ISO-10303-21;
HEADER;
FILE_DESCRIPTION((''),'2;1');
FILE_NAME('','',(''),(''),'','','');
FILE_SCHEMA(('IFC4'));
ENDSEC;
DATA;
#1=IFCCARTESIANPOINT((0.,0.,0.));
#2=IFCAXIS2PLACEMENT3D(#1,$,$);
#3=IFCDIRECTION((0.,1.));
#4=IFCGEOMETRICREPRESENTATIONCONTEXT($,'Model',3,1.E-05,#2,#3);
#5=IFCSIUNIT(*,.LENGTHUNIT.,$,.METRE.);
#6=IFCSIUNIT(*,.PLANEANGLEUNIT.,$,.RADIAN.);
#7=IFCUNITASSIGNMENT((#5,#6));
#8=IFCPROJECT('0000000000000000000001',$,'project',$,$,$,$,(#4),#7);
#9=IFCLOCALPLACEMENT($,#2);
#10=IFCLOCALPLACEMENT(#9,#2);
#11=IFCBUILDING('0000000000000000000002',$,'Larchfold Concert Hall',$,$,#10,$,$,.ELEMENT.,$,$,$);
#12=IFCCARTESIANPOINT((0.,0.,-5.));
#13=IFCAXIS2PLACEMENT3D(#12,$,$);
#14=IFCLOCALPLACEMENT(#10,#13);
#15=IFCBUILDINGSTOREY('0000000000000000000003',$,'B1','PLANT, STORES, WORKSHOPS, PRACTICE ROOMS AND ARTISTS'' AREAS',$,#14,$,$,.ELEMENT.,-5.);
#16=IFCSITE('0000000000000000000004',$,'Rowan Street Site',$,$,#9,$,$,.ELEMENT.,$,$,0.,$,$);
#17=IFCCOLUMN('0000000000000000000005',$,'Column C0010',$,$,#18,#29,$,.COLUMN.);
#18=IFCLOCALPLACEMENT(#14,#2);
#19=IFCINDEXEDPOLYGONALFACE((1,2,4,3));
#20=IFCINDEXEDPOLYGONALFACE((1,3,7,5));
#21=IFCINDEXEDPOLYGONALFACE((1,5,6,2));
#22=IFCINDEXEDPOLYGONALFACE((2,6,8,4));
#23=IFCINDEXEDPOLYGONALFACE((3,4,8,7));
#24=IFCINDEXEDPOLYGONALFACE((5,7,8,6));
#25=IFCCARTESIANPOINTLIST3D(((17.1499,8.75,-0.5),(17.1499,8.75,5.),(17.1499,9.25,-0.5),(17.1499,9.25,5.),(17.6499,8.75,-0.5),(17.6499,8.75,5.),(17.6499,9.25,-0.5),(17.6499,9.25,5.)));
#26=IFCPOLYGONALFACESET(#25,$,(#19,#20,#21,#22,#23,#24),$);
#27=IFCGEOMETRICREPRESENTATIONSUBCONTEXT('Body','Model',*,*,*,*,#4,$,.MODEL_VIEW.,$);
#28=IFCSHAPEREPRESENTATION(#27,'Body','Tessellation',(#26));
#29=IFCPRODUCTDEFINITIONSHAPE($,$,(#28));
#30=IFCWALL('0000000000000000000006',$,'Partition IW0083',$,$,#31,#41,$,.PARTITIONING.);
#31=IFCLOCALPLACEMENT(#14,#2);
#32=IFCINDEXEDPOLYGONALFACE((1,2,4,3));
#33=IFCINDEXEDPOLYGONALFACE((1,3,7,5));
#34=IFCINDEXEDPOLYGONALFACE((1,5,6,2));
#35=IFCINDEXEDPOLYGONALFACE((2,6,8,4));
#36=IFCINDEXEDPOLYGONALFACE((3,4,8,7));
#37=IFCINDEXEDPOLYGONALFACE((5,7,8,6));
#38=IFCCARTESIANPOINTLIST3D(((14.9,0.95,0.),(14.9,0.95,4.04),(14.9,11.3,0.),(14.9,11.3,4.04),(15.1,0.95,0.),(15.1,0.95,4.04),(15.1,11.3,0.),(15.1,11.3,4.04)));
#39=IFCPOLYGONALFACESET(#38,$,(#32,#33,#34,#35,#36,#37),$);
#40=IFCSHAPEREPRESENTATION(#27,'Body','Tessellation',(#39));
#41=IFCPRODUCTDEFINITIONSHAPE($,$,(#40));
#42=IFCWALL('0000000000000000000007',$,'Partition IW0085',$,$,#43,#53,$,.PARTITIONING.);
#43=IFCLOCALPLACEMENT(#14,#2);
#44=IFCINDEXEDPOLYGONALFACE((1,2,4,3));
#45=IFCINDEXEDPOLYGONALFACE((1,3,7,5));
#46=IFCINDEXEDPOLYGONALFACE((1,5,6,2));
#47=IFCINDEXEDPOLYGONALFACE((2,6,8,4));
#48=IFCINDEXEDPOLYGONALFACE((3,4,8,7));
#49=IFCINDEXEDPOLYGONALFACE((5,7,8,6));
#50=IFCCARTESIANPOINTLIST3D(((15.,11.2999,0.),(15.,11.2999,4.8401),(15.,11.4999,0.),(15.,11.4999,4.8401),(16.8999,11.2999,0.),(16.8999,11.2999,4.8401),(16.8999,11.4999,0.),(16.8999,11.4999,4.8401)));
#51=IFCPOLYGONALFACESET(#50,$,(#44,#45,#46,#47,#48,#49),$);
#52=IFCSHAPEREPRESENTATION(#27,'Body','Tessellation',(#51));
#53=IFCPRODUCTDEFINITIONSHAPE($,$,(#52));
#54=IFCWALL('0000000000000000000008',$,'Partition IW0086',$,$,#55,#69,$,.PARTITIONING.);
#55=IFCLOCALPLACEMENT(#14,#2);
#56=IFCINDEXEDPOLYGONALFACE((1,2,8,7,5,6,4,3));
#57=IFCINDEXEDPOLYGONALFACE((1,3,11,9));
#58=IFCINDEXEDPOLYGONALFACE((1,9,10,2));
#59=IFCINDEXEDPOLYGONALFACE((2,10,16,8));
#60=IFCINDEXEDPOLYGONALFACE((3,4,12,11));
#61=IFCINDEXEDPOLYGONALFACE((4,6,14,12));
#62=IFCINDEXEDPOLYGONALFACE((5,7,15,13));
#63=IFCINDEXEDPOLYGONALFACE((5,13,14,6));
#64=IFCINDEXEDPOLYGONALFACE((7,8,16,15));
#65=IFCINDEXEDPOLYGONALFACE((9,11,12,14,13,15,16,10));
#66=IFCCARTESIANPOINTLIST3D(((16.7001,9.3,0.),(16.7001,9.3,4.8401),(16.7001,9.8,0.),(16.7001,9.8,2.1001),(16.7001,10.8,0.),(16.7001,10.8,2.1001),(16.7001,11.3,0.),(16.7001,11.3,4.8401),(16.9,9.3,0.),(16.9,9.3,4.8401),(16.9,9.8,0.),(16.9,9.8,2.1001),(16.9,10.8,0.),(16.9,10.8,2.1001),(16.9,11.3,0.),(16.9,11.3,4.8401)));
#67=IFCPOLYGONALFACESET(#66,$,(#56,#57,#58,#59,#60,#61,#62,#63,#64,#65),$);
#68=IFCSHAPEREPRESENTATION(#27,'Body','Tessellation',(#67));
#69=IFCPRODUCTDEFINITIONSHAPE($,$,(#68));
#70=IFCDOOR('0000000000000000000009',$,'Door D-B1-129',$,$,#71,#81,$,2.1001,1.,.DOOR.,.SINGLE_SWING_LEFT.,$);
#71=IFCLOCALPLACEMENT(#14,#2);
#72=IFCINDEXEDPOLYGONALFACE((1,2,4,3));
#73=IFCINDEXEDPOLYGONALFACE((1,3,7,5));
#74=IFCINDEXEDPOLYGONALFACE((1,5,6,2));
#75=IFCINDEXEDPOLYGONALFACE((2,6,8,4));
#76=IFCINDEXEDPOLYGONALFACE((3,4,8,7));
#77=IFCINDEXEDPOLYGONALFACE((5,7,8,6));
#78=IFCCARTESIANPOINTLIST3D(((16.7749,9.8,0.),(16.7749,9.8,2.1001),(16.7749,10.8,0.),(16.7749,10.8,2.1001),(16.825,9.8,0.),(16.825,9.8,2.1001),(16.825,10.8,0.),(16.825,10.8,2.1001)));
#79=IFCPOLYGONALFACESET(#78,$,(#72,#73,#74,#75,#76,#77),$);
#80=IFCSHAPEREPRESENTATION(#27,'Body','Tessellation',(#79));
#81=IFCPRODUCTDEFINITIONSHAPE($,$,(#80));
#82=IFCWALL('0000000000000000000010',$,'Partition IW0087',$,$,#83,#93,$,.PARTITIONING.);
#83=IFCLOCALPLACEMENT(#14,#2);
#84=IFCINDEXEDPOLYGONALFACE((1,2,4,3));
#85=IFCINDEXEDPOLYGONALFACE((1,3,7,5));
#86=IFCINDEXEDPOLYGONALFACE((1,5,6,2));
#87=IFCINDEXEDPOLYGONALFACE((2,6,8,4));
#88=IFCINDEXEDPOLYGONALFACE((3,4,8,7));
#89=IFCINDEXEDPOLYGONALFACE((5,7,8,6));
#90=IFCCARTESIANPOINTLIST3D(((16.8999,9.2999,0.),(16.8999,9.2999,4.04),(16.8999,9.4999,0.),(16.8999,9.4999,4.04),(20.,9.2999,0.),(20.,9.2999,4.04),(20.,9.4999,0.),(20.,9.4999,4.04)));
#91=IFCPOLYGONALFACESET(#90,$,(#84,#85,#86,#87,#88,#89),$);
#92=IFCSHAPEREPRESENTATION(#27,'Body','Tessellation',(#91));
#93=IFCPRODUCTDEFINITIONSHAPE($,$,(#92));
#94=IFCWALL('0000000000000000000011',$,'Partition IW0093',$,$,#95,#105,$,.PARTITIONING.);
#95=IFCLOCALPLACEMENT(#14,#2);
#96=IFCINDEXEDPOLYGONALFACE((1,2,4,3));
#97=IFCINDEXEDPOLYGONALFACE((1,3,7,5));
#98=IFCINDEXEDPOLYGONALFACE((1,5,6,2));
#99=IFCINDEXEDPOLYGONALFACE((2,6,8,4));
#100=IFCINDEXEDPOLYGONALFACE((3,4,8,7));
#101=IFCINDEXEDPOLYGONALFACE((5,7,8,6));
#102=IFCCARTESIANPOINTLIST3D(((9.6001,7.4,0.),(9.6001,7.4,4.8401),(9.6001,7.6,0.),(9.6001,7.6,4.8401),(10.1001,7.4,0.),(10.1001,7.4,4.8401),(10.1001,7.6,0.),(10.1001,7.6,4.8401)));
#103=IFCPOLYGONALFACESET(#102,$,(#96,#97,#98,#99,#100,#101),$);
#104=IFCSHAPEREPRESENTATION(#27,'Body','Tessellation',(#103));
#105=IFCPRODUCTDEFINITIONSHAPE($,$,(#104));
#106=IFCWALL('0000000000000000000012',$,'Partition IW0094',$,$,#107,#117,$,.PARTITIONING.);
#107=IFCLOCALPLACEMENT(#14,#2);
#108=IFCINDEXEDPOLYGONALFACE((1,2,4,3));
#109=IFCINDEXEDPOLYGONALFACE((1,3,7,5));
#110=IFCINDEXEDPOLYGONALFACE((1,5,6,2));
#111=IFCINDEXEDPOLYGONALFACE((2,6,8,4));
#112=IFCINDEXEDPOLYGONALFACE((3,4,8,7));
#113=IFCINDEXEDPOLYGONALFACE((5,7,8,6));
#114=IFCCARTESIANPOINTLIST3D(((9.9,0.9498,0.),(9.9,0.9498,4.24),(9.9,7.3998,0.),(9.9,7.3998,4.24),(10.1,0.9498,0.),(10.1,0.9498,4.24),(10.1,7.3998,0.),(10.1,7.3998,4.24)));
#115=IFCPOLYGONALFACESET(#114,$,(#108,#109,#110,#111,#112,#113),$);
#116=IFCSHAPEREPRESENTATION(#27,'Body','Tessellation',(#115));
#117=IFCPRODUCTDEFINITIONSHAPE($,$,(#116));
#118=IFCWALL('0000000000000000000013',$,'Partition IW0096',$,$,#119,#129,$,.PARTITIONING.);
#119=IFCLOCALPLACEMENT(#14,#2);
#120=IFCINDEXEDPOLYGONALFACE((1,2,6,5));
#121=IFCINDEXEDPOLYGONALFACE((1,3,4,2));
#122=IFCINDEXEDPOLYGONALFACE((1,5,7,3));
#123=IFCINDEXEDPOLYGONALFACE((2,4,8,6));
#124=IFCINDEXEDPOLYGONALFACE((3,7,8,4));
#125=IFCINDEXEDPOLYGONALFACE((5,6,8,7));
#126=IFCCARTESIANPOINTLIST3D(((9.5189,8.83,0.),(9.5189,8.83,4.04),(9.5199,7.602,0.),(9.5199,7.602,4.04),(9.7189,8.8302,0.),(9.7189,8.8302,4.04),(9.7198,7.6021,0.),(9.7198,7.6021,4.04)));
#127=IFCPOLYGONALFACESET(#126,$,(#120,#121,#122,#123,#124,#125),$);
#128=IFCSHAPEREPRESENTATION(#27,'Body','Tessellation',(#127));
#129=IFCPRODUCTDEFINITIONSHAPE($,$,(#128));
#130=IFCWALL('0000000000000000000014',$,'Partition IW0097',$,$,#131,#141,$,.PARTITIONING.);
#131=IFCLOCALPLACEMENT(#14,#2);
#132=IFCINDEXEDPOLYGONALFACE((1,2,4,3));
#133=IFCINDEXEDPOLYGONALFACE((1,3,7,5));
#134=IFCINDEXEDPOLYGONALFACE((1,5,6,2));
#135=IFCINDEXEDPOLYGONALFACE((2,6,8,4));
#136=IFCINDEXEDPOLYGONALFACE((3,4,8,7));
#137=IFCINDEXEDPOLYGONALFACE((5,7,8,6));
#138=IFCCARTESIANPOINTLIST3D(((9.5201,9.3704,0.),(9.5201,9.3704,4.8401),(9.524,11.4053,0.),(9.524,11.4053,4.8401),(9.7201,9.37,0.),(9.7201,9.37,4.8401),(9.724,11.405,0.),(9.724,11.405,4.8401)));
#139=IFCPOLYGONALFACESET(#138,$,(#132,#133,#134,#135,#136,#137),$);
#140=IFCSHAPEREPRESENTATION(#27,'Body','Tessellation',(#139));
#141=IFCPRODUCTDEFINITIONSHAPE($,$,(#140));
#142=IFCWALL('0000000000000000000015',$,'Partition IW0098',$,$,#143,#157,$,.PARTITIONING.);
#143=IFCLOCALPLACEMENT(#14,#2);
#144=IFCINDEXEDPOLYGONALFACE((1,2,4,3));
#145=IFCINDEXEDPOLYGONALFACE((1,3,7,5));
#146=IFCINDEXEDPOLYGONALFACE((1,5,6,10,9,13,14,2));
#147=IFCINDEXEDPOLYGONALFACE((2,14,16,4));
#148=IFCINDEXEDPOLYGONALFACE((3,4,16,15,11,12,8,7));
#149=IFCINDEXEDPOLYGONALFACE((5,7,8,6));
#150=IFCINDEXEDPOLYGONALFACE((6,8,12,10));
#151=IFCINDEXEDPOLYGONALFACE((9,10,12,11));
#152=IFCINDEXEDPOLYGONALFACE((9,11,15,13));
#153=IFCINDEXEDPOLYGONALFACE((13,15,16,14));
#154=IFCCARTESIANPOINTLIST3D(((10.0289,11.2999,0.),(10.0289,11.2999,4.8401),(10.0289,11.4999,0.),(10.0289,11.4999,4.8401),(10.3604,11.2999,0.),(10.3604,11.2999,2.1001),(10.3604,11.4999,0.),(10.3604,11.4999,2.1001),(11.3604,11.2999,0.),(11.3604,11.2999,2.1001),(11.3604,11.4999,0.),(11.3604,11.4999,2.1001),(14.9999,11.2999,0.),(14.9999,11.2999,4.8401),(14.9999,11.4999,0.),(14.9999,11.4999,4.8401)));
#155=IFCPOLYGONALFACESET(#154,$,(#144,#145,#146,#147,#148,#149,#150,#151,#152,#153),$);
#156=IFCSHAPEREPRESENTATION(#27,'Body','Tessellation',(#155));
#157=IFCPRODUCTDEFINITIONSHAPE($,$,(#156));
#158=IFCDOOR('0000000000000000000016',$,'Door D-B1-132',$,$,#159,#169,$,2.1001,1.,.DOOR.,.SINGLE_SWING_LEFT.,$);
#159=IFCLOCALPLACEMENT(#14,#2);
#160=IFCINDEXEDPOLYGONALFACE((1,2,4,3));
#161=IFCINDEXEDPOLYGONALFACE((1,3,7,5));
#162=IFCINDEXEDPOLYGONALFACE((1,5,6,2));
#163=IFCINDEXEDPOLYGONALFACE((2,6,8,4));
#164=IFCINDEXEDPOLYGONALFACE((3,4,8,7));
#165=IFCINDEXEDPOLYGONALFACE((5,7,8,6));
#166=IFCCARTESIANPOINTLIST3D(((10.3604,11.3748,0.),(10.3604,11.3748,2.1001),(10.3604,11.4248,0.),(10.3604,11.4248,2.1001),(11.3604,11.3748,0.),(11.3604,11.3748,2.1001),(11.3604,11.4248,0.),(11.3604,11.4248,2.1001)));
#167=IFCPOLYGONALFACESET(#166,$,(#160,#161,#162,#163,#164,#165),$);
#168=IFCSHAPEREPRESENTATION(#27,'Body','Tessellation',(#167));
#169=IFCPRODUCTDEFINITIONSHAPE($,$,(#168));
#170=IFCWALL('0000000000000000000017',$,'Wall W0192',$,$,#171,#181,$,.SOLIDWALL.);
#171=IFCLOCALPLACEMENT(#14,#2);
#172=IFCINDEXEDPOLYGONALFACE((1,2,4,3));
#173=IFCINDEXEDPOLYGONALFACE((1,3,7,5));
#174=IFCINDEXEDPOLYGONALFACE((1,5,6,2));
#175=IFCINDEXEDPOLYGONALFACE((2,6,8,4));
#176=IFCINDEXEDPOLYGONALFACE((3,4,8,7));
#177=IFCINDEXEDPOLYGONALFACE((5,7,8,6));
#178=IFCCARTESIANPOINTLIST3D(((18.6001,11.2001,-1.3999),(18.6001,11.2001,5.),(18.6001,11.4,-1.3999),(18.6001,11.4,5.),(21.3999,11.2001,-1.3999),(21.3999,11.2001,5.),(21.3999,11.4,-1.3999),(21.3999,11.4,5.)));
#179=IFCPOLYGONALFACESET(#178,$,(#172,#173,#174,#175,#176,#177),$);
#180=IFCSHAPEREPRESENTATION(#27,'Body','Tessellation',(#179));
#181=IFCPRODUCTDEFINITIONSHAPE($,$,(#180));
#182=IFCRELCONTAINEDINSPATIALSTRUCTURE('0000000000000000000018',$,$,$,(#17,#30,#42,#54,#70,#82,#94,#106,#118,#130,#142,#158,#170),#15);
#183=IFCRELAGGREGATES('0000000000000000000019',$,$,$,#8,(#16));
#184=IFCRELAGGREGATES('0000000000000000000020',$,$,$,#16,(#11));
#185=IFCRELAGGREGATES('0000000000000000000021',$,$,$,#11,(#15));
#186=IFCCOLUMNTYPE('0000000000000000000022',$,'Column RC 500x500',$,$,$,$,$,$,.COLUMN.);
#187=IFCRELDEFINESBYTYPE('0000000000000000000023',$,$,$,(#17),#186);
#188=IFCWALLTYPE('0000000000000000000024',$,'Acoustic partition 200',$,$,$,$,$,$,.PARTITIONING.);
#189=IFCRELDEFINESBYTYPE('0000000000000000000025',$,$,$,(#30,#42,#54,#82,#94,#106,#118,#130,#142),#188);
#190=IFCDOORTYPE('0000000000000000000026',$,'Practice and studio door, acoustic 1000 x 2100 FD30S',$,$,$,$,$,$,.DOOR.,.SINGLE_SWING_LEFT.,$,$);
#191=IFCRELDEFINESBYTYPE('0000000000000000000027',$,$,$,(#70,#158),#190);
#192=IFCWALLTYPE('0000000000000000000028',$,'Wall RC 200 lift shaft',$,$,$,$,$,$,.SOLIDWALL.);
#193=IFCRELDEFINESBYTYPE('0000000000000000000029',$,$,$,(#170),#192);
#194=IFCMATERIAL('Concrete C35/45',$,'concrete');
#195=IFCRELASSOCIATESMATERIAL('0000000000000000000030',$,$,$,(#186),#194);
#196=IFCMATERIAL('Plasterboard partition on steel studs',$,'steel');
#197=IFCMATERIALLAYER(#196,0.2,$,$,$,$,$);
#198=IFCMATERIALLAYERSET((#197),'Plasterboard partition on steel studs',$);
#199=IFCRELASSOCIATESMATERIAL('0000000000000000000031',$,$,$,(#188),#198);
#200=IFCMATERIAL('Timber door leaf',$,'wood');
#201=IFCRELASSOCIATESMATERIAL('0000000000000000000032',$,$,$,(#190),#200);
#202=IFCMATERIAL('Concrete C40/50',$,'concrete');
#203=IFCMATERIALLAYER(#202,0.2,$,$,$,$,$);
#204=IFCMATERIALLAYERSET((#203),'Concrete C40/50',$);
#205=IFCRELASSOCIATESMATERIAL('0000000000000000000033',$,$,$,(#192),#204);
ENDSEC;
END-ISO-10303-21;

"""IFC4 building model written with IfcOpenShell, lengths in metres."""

from ifc_helpers import new_model, si_unit, direction, frame, frame_2d, origin, origin_2d, place, context, subcontext, project, spatial, rectangle, extrude, material, layer, layer_set, material_profile, profile_set, type_object, element, fill, save


model = new_model("IFC4")

# Units and contexts
model_context = context("Model", 3, precision=1e-05, world=origin(), true_north=direction((0.0, 1.0)))
body_context = subcontext(model_context, "Body", "Model", "MODEL_VIEW")
ifc_project = project(units=[si_unit("LENGTHUNIT", "METRE"), si_unit("PLANEANGLEUNIT", "RADIAN")], contexts=[model_context])

# Site, building, storey
site_placement = place(None, origin())
site = spatial("IfcSite", under=ifc_project, at=site_placement, Name="Rowan Street Site", CompositionType="ELEMENT", RefElevation=0.0)
building_placement = place(site_placement, origin())
building = spatial("IfcBuilding", under=site, at=building_placement, Name="Larchfold Concert Hall", CompositionType="ELEMENT")
storey_placement = place(building_placement, frame((0.0, 0.0, -5.0)))
storey = spatial("IfcBuildingStorey", under=building, at=storey_placement, Name="B1", Description="PLANT, STORES, WORKSHOPS, PRACTICE ROOMS AND ARTISTS' AREAS", CompositionType="ELEMENT", Elevation=-5.0)

# Column
ifc_material_1 = material(Name="Concrete C35/45", Category="concrete")
ifc_material_profile_1 = material_profile(ifc_material_1, rectangle(XDim=0.5, YDim=0.5, at=origin_2d()))
ifc_profile_set_1 = profile_set([ifc_material_profile_1], Name="Concrete C35/45")
column_type = type_object("IfcColumnType", Name="Column RC 500x500", PredefinedType="COLUMN", material=ifc_profile_set_1)
for number, where, z_axis, x_axis, name in (
    (1, (17.3999, 9.0, -0.5), (0.0, 0.0, 1.0), (1.0, 0.0, 0.0), "Column C0010"),
):
    element("IfcColumn", number, at=place(storey_placement, frame(where, z_axis=z_axis, x_axis=x_axis)), inside=storey, type_object=column_type, Name=name, PredefinedType="COLUMN", context=body_context, shape_type="SweptSolid", body=[
        extrude(rectangle(XDim=0.5, YDim=0.5, at=origin_2d()), origin(), (0.0, 0.0, 1.0), 5.5),
    ])

# Walls
ifc_material_2 = material(Name="Plasterboard partition on steel studs", Category="steel")
ifc_layer_1 = layer(ifc_material_2, 0.2)
ifc_layer_set_1 = layer_set([ifc_layer_1], Name="Plasterboard partition on steel studs")
wall_type_1 = type_object("IfcWallType", Name="Acoustic partition 200", PredefinedType="PARTITIONING", material=ifc_layer_set_1)
wall_1_placement = place(storey_placement, frame((15.0, 0.95, 0.0), z_axis=(0.0, 0.0, 1.0), x_axis=(0.0, 1.0, 0.0)))
element("IfcWall", 2, at=wall_1_placement, inside=storey, type_object=wall_type_1, Name="Partition IW0083", PredefinedType="PARTITIONING", context=body_context, shape_type="SweptSolid", body=[
    extrude(rectangle(XDim=10.3501, YDim=0.2, at=frame_2d((5.175, 0.0))), origin(), (0.0, 0.0, 1.0), 4.04),
])
wall_2_placement = place(storey_placement, frame((15.0, 11.3999, 0.0), z_axis=(0.0, 0.0, 1.0), x_axis=(1.0, 0.0, 0.0)))
element("IfcWall", 3, at=wall_2_placement, inside=storey, type_object=wall_type_1, Name="Partition IW0085", PredefinedType="PARTITIONING", context=body_context, shape_type="SweptSolid", body=[
    extrude(rectangle(XDim=1.8999, YDim=0.2, at=frame_2d((0.95, 0.0))), origin(), (0.0, 0.0, 1.0), 4.8401),
])

# Wall, opening, door
wall_3_placement = place(storey_placement, frame((16.8, 11.3, 0.0), z_axis=(0.0, 0.0, 1.0), x_axis=(0.0, -1.0, 0.0)))
wall_3 = element("IfcWall", 4, at=wall_3_placement, inside=storey, type_object=wall_type_1, Name="Partition IW0086", PredefinedType="PARTITIONING", context=body_context, shape_type="SweptSolid", body=[
    extrude(rectangle(XDim=2.0, YDim=0.2, at=frame_2d((1.0, 0.0))), origin(), (0.0, 0.0, 1.0), 4.8401),
])
opening_1_placement = place(wall_3_placement, frame((0.5, 0.0, 0.0)))
opening_1 = element("IfcOpeningElement", 5, at=opening_1_placement, cuts=wall_3, PredefinedType="OPENING", context=body_context, shape_type="SweptSolid", body=[
    extrude(rectangle(XDim=1.0, YDim=2.1001, at=frame_2d((0.5, 1.05))), frame((0.0, 0.1099, 0.0), z_axis=(0.0, -1.0, 0.0), x_axis=(1.0, 0.0, 0.0)), (0.0, 0.0, 1.0), 0.22),
])
ifc_material_3 = material(Name="Timber door leaf", Category="wood")
door_type = type_object("IfcDoorType", Name="Practice and studio door, acoustic 1000 x 2100 FD30S", OperationType="SINGLE_SWING_LEFT", PredefinedType="DOOR", material=ifc_material_3)
door_1_placement = place(opening_1_placement, origin())
door_1 = element("IfcDoor", 6, at=door_1_placement, inside=storey, type_object=door_type, Name="Door D-B1-129", OperationType="SINGLE_SWING_LEFT", OverallHeight=2.1001, OverallWidth=1.0, PredefinedType="DOOR", context=body_context, shape_type="SweptSolid", body=[
    extrude(rectangle(XDim=1.0, YDim=2.1001, at=frame_2d((0.5, 1.05))), frame((0.0, 0.0249, 0.0), z_axis=(0.0, -1.0, 0.0), x_axis=(1.0, 0.0, 0.0)), (0.0, 0.0, 1.0), 0.05),
])
fill(opening_1, door_1)

# Walls
wall_4_placement = place(storey_placement, frame((16.8999, 9.3999, 0.0), z_axis=(0.0, 0.0, 1.0), x_axis=(1.0, 0.0, 0.0)))
element("IfcWall", 7, at=wall_4_placement, inside=storey, type_object=wall_type_1, Name="Partition IW0087", PredefinedType="PARTITIONING", context=body_context, shape_type="SweptSolid", body=[
    extrude(rectangle(XDim=3.1001, YDim=0.2, at=frame_2d((1.55, 0.0))), origin(), (0.0, 0.0, 1.0), 4.04),
])
wall_5_placement = place(storey_placement, frame((9.6001, 7.5, 0.0), z_axis=(0.0, 0.0, 1.0), x_axis=(1.0, 0.0, 0.0)))
element("IfcWall", 8, at=wall_5_placement, inside=storey, type_object=wall_type_1, Name="Partition IW0093", PredefinedType="PARTITIONING", context=body_context, shape_type="SweptSolid", body=[
    extrude(rectangle(XDim=0.5, YDim=0.2, at=frame_2d((0.25, 0.0))), origin(), (0.0, 0.0, 1.0), 4.8401),
])
wall_6_placement = place(storey_placement, frame((10.0, 7.3999, 0.0), z_axis=(0.0, 0.0, 1.0), x_axis=(0.0, -1.0, 0.0)))
element("IfcWall", 9, at=wall_6_placement, inside=storey, type_object=wall_type_1, Name="Partition IW0094", PredefinedType="PARTITIONING", context=body_context, shape_type="SweptSolid", body=[
    extrude(rectangle(XDim=6.45, YDim=0.2, at=frame_2d((3.2251, 0.0))), origin(), (0.0, 0.0, 1.0), 4.24),
])
wall_7_placement = place(storey_placement, frame((9.6199, 7.6021, 0.0), z_axis=(0.0, 0.0, 1.0), x_axis=(-0.000795, 1.0, 0.0)))
element("IfcWall", 10, at=wall_7_placement, inside=storey, type_object=wall_type_1, Name="Partition IW0096", PredefinedType="PARTITIONING", context=body_context, shape_type="SweptSolid", body=[
    extrude(rectangle(XDim=1.228, YDim=0.2, at=frame_2d((0.614, 0.0))), origin(), (0.0, 0.0, 1.0), 4.04),
])
wall_8_placement = place(storey_placement, frame((9.6201, 9.3701, 0.0), z_axis=(0.0, 0.0, 1.0), x_axis=(0.00192, 0.999998, 0.0)))
element("IfcWall", 11, at=wall_8_placement, inside=storey, type_object=wall_type_1, Name="Partition IW0097", PredefinedType="PARTITIONING", context=body_context, shape_type="SweptSolid", body=[
    extrude(rectangle(XDim=2.0349, YDim=0.2, at=frame_2d((1.0176, 0.0))), origin(), (0.0, 0.0, 1.0), 4.8401),
])

# Wall, opening, door
wall_9_placement = place(storey_placement, frame((10.0291, 11.3999, 0.0), z_axis=(0.0, 0.0, 1.0), x_axis=(1.0, 0.0, 0.0)))
wall_9 = element("IfcWall", 12, at=wall_9_placement, inside=storey, type_object=wall_type_1, Name="Partition IW0098", PredefinedType="PARTITIONING", context=body_context, shape_type="SweptSolid", body=[
    extrude(rectangle(XDim=4.9709, YDim=0.2, at=frame_2d((2.4854, 0.0))), origin(), (0.0, 0.0, 1.0), 4.8401),
])
opening_2_placement = place(wall_9_placement, frame((0.3313, 0.0, 0.0)))
opening_2 = element("IfcOpeningElement", 13, at=opening_2_placement, cuts=wall_9, PredefinedType="OPENING", context=body_context, shape_type="SweptSolid", body=[
    extrude(rectangle(XDim=1.0, YDim=2.1001, at=frame_2d((0.5, 1.05))), frame((0.0, 0.1099, 0.0), z_axis=(0.0, -1.0, 0.0), x_axis=(1.0, 0.0, 0.0)), (0.0, 0.0, 1.0), 0.22),
])
door_2_placement = place(opening_2_placement, origin())
door_2 = element("IfcDoor", 14, at=door_2_placement, inside=storey, type_object=door_type, Name="Door D-B1-132", OperationType="SINGLE_SWING_LEFT", OverallHeight=2.1001, OverallWidth=1.0, PredefinedType="DOOR", context=body_context, shape_type="SweptSolid", body=[
    extrude(rectangle(XDim=1.0, YDim=2.1001, at=frame_2d((0.5, 1.05))), frame((0.0, 0.0249, 0.0), z_axis=(0.0, -1.0, 0.0), x_axis=(1.0, 0.0, 0.0)), (0.0, 0.0, 1.0), 0.05),
])
fill(opening_2, door_2)

# Wall
ifc_material_4 = material(Name="Concrete C40/50", Category="concrete")
ifc_layer_2 = layer(ifc_material_4, 0.2)
ifc_layer_set_2 = layer_set([ifc_layer_2], Name="Concrete C40/50")
wall_type_2 = type_object("IfcWallType", Name="Wall RC 200 lift shaft", PredefinedType="SOLIDWALL", material=ifc_layer_set_2)
wall_10_placement = place(storey_placement, frame((18.6001, 11.3, -1.3999), z_axis=(0.0, 0.0, 1.0), x_axis=(1.0, 0.0, 0.0)))
element("IfcWall", 15, at=wall_10_placement, inside=storey, type_object=wall_type_2, Name="Wall W0192", PredefinedType="SOLIDWALL", context=body_context, shape_type="SweptSolid", body=[
    extrude(rectangle(XDim=2.7998, YDim=0.2, at=frame_2d((1.3999, 0.0))), origin(), (0.0, 0.0, 1.0), 6.3999),
])

save(model, "model.ifc")
